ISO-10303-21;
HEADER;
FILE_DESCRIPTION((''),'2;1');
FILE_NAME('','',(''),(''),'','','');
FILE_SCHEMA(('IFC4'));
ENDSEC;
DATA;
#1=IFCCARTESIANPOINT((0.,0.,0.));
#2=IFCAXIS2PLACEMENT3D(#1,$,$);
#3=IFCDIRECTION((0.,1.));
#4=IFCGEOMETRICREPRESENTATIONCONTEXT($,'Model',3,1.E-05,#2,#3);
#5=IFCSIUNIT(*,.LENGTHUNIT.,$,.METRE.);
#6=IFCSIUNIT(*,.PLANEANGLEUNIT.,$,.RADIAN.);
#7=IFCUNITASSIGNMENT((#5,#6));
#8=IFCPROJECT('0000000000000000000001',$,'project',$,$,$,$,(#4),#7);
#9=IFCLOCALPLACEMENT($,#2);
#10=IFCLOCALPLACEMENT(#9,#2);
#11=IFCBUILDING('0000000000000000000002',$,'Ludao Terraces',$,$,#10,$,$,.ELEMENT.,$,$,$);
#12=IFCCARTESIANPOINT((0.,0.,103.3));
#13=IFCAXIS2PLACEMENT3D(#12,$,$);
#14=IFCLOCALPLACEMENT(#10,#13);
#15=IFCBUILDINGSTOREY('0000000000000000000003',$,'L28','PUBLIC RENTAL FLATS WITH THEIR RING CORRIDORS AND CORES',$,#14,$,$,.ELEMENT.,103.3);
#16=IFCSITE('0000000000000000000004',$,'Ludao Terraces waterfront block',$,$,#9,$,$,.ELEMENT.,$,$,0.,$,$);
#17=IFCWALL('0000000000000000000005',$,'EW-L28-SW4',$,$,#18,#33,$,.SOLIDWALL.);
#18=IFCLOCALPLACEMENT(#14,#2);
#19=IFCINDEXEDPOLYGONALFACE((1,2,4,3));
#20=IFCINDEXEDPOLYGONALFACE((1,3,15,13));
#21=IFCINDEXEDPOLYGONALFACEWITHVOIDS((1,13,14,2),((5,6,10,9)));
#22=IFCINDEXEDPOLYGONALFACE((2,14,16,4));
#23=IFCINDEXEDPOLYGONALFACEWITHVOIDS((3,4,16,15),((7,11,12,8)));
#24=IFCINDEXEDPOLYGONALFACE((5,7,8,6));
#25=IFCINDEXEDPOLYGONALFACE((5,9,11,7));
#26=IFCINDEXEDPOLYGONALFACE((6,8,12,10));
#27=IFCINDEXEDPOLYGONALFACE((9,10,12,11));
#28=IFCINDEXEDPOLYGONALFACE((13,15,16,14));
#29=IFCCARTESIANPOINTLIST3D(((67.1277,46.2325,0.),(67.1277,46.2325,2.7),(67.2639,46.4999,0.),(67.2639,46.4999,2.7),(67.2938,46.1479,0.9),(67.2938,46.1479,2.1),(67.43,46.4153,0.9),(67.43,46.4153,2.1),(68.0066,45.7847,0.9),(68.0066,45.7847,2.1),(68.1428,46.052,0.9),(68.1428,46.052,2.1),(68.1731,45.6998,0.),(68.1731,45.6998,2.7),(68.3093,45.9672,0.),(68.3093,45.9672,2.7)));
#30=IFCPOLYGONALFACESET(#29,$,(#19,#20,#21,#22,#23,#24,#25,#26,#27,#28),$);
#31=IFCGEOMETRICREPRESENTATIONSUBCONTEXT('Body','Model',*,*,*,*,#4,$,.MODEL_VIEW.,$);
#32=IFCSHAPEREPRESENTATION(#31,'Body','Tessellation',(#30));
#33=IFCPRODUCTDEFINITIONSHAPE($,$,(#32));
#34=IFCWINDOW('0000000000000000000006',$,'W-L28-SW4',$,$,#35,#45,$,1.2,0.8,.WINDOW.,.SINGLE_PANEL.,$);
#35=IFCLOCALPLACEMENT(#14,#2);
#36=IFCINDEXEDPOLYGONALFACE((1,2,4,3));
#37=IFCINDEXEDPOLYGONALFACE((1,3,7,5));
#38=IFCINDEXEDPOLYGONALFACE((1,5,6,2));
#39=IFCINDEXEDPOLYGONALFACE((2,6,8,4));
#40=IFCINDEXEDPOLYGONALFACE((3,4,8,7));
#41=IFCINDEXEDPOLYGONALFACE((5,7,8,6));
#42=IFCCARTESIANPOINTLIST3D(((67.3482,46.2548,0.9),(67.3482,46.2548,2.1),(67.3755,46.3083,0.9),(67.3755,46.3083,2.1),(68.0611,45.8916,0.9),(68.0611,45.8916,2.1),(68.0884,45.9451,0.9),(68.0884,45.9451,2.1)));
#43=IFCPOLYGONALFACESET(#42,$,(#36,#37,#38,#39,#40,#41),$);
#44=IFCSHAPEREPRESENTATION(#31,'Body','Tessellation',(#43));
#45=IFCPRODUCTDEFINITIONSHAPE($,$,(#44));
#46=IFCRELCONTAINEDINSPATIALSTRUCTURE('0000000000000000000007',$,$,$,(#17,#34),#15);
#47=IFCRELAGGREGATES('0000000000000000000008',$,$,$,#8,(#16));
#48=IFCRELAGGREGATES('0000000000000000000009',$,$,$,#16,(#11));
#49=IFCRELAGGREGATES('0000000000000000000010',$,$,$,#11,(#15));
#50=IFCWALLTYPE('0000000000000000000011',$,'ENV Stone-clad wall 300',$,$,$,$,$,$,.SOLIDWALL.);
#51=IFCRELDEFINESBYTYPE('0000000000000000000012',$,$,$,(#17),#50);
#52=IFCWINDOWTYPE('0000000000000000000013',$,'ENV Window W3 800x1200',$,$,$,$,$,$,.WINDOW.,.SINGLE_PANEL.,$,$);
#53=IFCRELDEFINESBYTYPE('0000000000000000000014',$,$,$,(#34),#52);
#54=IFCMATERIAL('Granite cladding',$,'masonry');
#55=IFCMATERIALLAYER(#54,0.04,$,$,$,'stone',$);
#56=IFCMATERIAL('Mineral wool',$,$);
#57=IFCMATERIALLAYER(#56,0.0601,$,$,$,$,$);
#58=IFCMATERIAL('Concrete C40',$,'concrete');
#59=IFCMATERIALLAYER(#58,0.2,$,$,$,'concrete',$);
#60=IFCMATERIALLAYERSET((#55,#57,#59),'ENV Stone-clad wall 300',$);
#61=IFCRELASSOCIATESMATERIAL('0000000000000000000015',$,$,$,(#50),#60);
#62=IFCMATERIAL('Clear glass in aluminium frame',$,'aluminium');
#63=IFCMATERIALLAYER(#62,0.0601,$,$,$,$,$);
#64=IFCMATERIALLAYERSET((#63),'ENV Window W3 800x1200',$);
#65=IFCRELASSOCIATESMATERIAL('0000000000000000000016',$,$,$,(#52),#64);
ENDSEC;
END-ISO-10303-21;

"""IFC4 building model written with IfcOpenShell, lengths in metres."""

from ifc_helpers import new_model, si_unit, direction, frame, frame_2d, origin, place, context, subcontext, project, spatial, rectangle, extrude, material, layer, layer_set, type_object, element, fill, save


model = new_model("IFC4")

# Units and contexts
model_context = context("Model", 3, precision=1e-05, world=origin(), true_north=direction((0.0, 1.0)))
body_context = subcontext(model_context, "Body", "Model", "MODEL_VIEW")
ifc_project = project(units=[si_unit("LENGTHUNIT", "METRE"), si_unit("PLANEANGLEUNIT", "RADIAN")], contexts=[model_context])

# Site, building, storey
site_placement = place(None, origin())
site = spatial("IfcSite", under=ifc_project, at=site_placement, Name="Ludao Terraces waterfront block", CompositionType="ELEMENT", RefElevation=0.0)
building_placement = place(site_placement, origin())
building = spatial("IfcBuilding", under=site, at=building_placement, Name="Ludao Terraces", CompositionType="ELEMENT")
storey_placement = place(building_placement, frame((0.0, 0.0, 103.3)))
storey = spatial("IfcBuildingStorey", under=building, at=storey_placement, Name="L28", Description="PUBLIC RENTAL FLATS WITH THEIR RING CORRIDORS AND CORES", CompositionType="ELEMENT", Elevation=103.3)

# Shared definitions
ifc_material_1 = material(Name="Concrete C40", Category="concrete")

# Shared definitions
ifc_material_2 = material(Name="Granite cladding", Category="masonry")
ifc_layer_1 = layer(ifc_material_2, 0.04, Category="stone")
ifc_material_3 = material(Name="Mineral wool")
ifc_layer_2 = layer(ifc_material_3, 0.0601)
ifc_layer_3 = layer(ifc_material_1, 0.2, Category="concrete")
ifc_layer_set_1 = layer_set([ifc_layer_1, ifc_layer_2, ifc_layer_3], Name="ENV Stone-clad wall 300")
wall_type_1 = type_object("IfcWallType", Name="ENV Stone-clad wall 300", PredefinedType="SOLIDWALL", material=ifc_layer_set_1)
ifc_material_4 = material(Name="Clear glass in aluminium frame", Category="aluminium")

# Wall, opening, window
ifc_layer_4 = layer(ifc_material_4, 0.0601)
ifc_layer_set_2 = layer_set([ifc_layer_4], Name="ENV Window W3 800x1200")
window_type_1 = type_object("IfcWindowType", Name="ENV Window W3 800x1200", PartitioningType="SINGLE_PANEL", PredefinedType="WINDOW", material=ifc_layer_set_2)
wall_1_placement = place(storey_placement, frame((67.1958, 46.3662, 0.0), z_axis=(0.0, 0.0, 1.0), x_axis=(0.890989, -0.454026, 0.0)))
wall_1 = element("IfcWall", 1, at=wall_1_placement, inside=storey, type_object=wall_type_1, Name="EW-L28-SW4", PredefinedType="SOLIDWALL", context=body_context, shape_type="SweptSolid", body=[
    extrude(rectangle(XDim=1.1733, YDim=0.3, at=frame_2d((0.5867, 0.0))), origin(), (0.0, 0.0, 1.0), 2.7),
])
opening_1_placement = place(wall_1_placement, frame((0.1865, 0.0, 0.8999)))
opening_1 = element("IfcOpeningElement", 2, at=opening_1_placement, cuts=wall_1, PredefinedType="OPENING", context=body_context, shape_type="SweptSolid", body=[
    extrude(rectangle(XDim=0.8, YDim=1.2, at=frame_2d((0.3999, 0.6001))), frame((0.0, 0.1602, 0.0), z_axis=(0.0, -1.0, 0.0), x_axis=(1.0, 0.0, 0.0)), (0.0, 0.0, 1.0), 0.3201),
])
window_1_placement = place(opening_1_placement, origin())
window_1 = element("IfcWindow", 3, at=window_1_placement, inside=storey, type_object=window_type_1, Name="W-L28-SW4", OverallHeight=1.2, OverallWidth=0.8, PartitioningType="SINGLE_PANEL", PredefinedType="WINDOW", context=body_context, shape_type="SweptSolid", body=[
    extrude(rectangle(XDim=0.8, YDim=1.2, at=frame_2d((0.3999, 0.6001))), frame((0.0, 0.03, 0.0), z_axis=(0.0, -1.0, 0.0), x_axis=(1.0, 0.0, 0.0)), (0.0, 0.0, 1.0), 0.0601),
])
fill(opening_1, window_1)

save(model, "model.ifc")
